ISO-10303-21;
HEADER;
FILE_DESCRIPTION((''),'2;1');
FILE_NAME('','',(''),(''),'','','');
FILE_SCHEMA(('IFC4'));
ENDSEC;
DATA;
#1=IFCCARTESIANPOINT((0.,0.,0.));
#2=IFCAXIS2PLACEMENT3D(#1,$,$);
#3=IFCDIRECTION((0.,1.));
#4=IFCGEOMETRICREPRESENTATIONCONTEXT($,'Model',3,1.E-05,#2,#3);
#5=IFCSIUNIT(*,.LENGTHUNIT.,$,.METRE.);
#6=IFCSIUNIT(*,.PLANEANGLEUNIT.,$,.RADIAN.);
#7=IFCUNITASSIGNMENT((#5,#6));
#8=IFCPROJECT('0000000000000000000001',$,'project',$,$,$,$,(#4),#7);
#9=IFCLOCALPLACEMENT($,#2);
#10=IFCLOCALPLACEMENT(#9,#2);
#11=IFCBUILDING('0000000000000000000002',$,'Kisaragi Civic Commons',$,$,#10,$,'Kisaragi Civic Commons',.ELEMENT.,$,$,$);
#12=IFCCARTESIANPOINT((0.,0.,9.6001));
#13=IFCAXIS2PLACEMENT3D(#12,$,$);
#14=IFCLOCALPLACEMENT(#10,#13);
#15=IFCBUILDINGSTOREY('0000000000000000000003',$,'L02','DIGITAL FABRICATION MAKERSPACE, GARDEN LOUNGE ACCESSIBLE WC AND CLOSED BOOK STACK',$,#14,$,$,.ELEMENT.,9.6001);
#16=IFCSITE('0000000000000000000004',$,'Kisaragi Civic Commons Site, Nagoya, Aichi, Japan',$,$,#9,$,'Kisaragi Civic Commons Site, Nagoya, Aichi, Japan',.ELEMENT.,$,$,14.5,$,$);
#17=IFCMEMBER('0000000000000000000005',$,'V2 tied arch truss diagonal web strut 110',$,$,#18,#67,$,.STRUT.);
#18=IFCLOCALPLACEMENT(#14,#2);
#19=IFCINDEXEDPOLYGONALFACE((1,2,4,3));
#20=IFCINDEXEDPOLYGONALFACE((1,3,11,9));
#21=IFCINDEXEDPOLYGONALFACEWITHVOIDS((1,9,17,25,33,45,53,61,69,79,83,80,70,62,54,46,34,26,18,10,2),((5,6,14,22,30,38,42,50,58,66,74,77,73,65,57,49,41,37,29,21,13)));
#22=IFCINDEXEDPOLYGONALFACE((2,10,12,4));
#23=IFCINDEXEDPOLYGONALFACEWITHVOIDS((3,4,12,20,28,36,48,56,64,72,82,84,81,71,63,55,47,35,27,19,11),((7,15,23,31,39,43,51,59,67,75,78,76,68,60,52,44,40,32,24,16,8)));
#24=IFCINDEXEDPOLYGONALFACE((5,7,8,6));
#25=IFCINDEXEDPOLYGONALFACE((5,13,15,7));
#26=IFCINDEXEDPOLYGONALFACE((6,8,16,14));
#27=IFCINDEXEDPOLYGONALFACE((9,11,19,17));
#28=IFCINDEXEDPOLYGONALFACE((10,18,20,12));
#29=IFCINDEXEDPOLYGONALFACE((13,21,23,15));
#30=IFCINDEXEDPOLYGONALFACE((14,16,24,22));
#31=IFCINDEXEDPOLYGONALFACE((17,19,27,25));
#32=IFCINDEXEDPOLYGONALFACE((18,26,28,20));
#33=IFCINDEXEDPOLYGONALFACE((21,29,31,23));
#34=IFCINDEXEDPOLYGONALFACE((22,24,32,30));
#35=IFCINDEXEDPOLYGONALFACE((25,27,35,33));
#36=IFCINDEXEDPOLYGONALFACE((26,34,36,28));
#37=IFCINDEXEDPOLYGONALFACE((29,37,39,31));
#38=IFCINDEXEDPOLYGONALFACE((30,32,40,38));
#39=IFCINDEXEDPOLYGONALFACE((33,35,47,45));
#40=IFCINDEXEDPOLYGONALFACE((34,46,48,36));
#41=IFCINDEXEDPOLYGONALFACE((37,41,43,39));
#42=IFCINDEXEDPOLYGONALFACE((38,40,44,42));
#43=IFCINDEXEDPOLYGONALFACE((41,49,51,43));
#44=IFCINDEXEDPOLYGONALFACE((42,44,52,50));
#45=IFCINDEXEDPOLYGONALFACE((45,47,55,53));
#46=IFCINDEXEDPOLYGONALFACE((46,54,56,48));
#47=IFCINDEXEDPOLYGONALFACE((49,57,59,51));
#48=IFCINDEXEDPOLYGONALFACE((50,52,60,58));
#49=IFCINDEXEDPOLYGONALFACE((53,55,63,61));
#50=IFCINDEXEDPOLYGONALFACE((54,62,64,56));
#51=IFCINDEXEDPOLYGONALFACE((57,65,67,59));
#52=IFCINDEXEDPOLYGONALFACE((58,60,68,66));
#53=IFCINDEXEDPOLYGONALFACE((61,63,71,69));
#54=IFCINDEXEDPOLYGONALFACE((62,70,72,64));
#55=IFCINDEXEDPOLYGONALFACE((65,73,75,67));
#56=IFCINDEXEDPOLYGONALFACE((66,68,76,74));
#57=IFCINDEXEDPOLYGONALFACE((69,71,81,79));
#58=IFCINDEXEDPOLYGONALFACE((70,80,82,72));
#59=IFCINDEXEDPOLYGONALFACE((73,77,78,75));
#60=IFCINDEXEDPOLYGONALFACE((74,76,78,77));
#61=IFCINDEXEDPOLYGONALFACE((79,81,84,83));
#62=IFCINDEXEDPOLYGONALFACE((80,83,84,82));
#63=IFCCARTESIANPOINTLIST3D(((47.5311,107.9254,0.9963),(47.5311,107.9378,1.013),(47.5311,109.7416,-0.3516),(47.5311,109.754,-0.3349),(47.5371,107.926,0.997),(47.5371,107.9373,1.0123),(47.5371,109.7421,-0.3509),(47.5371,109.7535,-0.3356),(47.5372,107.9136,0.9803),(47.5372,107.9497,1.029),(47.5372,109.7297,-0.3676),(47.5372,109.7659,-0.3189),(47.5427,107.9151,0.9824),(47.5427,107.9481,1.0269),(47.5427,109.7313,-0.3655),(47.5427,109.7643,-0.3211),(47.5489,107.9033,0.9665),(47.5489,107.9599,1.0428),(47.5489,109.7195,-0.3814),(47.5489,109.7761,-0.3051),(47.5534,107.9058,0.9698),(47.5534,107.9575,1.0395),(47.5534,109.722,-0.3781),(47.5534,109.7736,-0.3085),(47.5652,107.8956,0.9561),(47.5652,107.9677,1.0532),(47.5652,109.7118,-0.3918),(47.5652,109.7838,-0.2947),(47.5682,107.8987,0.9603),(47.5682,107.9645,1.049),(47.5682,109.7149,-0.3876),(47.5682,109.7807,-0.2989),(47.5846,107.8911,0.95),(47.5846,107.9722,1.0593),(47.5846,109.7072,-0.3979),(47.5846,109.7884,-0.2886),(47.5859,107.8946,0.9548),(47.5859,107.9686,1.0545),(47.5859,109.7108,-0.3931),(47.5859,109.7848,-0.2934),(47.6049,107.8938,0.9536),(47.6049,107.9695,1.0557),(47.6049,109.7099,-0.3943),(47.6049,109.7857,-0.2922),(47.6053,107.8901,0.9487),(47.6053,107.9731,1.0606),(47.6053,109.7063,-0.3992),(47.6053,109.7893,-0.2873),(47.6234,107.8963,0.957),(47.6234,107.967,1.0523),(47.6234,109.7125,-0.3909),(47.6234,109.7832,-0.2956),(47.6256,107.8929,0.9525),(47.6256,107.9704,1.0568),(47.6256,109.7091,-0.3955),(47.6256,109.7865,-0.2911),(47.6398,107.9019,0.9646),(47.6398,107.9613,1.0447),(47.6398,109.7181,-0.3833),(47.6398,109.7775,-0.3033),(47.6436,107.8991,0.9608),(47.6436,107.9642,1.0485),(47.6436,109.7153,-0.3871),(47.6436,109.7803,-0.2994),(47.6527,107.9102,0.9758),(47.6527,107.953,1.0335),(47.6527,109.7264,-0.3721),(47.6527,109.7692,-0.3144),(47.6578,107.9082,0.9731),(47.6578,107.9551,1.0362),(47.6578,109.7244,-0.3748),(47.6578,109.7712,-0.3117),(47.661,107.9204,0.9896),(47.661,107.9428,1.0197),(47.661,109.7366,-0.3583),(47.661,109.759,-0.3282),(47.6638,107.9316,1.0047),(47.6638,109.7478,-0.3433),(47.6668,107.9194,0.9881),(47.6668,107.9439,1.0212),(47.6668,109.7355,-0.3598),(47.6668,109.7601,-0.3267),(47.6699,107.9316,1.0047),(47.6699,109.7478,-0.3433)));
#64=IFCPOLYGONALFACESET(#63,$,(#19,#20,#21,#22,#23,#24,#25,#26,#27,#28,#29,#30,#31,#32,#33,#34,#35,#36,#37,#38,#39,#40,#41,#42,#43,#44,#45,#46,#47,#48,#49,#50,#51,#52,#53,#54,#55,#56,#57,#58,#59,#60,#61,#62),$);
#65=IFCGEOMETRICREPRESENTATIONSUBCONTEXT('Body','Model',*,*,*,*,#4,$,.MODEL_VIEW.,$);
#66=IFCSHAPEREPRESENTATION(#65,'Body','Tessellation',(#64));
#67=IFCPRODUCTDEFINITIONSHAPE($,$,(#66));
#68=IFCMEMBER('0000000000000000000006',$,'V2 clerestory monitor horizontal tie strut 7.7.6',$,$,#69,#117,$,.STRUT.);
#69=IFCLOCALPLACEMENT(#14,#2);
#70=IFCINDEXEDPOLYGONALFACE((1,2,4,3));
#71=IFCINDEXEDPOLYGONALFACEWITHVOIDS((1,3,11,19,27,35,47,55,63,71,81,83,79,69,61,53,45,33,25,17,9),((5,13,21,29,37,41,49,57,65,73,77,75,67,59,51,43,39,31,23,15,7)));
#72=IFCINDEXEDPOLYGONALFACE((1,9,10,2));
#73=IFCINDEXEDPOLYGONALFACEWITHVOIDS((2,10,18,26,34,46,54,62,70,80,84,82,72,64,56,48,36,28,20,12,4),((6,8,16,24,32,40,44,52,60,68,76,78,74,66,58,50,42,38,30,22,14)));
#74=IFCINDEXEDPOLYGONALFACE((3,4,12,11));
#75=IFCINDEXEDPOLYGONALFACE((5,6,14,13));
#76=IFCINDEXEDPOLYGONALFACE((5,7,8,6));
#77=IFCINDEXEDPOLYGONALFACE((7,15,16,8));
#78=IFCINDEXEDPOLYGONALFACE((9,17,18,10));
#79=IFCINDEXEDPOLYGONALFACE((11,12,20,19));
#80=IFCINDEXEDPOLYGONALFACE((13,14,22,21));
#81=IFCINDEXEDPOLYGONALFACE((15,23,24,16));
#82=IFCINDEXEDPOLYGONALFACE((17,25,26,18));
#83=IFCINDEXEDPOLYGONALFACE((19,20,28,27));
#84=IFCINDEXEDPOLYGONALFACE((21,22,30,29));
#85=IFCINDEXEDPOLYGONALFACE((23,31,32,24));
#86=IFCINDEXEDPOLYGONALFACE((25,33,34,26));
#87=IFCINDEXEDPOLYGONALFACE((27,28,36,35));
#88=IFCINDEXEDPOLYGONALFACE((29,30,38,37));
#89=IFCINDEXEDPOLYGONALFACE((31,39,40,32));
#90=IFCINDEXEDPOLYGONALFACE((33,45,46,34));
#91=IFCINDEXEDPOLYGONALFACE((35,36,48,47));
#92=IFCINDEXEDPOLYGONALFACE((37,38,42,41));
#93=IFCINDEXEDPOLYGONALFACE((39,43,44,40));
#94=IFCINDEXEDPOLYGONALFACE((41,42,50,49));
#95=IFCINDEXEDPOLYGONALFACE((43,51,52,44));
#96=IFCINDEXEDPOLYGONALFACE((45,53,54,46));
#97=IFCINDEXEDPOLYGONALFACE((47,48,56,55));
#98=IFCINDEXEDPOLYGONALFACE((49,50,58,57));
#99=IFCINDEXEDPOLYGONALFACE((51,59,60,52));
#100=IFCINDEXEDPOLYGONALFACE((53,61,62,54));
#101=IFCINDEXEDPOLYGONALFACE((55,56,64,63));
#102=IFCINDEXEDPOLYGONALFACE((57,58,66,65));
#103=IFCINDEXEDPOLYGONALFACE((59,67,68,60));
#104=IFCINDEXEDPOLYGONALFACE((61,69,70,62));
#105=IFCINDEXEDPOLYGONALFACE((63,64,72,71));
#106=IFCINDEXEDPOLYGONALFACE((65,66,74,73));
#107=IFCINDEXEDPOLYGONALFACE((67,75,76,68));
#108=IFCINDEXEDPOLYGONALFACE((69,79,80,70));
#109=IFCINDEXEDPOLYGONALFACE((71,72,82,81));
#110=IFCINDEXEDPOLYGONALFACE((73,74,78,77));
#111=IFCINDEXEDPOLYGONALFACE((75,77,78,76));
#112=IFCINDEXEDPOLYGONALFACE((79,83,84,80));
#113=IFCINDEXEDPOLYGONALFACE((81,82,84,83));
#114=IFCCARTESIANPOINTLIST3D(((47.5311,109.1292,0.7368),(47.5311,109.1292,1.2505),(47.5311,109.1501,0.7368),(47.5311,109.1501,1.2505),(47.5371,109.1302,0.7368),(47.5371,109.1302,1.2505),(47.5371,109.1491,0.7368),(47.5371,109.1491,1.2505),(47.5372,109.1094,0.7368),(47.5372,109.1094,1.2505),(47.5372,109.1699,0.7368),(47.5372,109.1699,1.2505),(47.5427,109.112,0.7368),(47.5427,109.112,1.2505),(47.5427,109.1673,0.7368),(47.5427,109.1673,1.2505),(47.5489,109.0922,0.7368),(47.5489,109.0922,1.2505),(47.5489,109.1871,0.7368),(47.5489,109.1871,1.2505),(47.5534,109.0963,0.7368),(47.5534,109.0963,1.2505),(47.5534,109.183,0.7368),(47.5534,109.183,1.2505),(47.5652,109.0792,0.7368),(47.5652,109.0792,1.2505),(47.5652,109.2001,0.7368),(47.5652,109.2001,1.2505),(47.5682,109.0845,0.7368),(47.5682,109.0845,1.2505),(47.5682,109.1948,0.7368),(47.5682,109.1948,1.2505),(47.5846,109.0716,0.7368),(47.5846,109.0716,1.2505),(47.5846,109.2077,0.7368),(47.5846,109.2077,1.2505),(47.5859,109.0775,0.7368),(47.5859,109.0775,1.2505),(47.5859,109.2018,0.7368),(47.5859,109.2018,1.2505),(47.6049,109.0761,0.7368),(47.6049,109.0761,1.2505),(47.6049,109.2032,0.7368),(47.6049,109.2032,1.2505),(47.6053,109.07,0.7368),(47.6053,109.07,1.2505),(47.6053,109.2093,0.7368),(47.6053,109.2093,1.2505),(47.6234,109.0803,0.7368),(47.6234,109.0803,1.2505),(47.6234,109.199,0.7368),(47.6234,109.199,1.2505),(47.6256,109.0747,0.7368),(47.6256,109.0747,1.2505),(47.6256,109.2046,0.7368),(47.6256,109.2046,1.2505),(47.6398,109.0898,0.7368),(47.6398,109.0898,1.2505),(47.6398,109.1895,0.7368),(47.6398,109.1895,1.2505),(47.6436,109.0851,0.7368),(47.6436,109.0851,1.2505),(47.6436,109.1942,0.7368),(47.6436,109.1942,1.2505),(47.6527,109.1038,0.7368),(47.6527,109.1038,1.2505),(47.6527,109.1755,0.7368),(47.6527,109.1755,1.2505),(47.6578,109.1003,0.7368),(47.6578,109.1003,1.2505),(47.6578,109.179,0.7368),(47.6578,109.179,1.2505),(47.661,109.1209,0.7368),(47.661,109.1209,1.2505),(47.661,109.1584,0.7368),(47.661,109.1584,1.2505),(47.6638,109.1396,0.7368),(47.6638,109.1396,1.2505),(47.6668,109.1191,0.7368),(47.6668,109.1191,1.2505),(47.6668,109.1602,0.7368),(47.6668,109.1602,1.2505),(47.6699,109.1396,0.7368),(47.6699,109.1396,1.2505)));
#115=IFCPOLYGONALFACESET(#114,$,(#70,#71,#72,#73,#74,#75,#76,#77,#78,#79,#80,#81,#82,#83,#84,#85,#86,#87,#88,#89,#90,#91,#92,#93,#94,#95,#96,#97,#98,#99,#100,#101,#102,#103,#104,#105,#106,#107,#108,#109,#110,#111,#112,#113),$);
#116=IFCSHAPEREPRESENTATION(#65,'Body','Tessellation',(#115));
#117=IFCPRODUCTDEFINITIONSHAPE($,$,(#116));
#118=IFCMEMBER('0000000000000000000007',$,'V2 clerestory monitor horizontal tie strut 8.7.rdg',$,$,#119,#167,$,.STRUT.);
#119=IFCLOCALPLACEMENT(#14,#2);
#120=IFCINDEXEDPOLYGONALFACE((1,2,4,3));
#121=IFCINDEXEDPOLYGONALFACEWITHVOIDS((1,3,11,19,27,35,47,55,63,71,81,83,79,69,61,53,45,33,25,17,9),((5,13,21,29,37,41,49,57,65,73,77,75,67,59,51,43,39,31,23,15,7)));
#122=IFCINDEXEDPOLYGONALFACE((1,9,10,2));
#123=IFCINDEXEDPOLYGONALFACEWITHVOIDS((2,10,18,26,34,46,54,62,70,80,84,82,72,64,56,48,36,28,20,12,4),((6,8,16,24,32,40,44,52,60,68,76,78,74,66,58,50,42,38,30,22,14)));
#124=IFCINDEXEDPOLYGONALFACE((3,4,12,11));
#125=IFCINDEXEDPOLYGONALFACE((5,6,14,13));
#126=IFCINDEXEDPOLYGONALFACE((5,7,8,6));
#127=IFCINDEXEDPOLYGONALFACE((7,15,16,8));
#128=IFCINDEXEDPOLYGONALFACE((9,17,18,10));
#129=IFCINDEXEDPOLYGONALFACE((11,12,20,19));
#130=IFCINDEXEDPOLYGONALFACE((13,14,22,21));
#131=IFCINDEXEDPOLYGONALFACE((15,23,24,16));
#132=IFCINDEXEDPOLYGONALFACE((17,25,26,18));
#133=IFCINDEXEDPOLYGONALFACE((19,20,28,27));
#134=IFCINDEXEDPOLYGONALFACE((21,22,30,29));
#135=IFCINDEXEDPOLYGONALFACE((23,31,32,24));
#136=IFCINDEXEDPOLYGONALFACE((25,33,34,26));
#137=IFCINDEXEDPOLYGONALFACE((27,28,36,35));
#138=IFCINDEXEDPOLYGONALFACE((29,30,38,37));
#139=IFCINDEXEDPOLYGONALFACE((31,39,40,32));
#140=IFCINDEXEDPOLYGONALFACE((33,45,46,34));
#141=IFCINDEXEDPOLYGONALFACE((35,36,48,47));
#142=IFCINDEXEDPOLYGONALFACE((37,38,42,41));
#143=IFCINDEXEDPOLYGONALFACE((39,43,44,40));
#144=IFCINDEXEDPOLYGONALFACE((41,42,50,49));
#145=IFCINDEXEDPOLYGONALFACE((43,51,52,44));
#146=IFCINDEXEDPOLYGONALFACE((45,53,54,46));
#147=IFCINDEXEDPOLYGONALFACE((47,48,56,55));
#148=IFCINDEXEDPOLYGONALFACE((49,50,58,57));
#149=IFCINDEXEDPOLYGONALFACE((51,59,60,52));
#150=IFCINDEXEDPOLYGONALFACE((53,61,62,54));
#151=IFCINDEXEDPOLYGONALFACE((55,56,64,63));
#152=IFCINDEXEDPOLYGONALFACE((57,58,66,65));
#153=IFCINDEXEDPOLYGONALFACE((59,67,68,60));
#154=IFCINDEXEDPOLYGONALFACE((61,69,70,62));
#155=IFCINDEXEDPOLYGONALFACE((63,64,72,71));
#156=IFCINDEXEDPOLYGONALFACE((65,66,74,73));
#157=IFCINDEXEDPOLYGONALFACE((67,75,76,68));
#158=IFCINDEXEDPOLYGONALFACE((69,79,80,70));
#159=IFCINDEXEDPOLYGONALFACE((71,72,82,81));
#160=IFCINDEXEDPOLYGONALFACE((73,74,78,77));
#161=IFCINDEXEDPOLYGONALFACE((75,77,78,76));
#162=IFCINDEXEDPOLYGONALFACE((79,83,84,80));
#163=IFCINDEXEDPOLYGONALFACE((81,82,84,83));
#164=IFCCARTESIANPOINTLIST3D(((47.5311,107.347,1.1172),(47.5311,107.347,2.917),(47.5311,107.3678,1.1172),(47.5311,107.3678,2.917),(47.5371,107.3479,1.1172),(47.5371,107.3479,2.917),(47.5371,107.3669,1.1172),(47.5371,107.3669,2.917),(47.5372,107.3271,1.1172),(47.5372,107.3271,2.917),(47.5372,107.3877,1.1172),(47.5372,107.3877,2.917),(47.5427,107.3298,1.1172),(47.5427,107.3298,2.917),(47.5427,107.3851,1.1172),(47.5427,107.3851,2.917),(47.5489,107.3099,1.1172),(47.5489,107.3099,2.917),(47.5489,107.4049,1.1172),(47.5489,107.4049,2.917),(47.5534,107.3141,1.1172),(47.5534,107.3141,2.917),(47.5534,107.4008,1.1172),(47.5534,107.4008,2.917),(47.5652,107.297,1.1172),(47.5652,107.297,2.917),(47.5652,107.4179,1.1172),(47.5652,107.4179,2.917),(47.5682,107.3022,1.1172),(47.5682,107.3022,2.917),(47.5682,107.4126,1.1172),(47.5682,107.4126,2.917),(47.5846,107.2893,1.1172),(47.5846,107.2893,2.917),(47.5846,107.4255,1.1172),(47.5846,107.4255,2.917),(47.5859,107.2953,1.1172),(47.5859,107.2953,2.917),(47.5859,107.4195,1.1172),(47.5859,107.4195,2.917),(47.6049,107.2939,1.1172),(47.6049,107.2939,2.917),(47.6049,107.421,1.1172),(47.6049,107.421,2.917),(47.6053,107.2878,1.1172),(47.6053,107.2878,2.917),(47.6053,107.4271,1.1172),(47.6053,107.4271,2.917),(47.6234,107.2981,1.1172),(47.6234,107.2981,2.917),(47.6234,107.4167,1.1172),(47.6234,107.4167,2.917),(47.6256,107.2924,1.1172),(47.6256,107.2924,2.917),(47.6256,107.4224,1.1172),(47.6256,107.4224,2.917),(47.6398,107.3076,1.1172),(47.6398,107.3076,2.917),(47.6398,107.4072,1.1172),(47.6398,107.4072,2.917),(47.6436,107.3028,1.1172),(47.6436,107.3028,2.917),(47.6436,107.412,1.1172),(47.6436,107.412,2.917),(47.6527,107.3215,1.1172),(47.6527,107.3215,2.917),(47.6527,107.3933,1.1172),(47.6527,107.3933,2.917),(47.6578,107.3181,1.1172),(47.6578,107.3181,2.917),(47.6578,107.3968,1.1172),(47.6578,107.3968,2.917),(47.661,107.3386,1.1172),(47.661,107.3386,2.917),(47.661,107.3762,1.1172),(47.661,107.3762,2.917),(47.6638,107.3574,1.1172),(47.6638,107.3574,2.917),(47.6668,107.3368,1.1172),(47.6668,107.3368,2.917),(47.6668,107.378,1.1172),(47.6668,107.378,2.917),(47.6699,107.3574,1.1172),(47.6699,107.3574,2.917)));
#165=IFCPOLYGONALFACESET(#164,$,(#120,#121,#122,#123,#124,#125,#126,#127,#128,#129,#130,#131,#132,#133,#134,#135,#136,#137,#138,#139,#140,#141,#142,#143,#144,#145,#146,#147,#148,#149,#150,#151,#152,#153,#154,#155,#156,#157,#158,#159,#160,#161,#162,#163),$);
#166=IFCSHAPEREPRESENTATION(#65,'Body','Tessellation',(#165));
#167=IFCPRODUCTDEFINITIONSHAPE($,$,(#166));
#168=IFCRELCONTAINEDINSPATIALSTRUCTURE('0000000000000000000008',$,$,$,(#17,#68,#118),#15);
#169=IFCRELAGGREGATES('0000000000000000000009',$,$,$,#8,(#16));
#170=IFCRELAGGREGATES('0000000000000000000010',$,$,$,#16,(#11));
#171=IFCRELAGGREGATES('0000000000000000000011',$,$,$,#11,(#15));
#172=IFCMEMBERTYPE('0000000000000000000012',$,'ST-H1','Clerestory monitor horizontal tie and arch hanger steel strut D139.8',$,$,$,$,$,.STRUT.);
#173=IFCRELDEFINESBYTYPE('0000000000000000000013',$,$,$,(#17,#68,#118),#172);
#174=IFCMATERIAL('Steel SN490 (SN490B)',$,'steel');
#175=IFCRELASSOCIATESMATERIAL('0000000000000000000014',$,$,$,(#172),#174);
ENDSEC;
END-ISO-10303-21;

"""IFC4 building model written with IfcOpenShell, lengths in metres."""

from ifc_helpers import new_model, si_unit, direction, frame, origin, origin_2d, place, context, subcontext, project, spatial, hollow_circle, extrude, material, material_profile, profile_set, type_object, element, save


model = new_model("IFC4")

# Units and contexts
model_context = context("Model", 3, precision=1e-05, world=origin(), true_north=direction((0.0, 1.0)))
body_context = subcontext(model_context, "Body", "Model", "MODEL_VIEW")
ifc_project = project(units=[si_unit("LENGTHUNIT", "METRE"), si_unit("PLANEANGLEUNIT", "RADIAN")], contexts=[model_context])

# Site, building, storey
site_placement = place(None, origin())
site = spatial("IfcSite", under=ifc_project, at=site_placement, Name="Kisaragi Civic Commons Site, Nagoya, Aichi, Japan", LongName="Kisaragi Civic Commons Site, Nagoya, Aichi, Japan", CompositionType="ELEMENT", RefElevation=14.5)
building_placement = place(site_placement, origin())
building = spatial("IfcBuilding", under=site, at=building_placement, Name="Kisaragi Civic Commons", LongName="Kisaragi Civic Commons", CompositionType="ELEMENT")
storey_placement = place(building_placement, frame((0.0, 0.0, 9.6001)))
storey = spatial("IfcBuildingStorey", under=building, at=storey_placement, Name="L02", Description="DIGITAL FABRICATION MAKERSPACE, GARDEN LOUNGE ACCESSIBLE WC AND CLOSED BOOK STACK", CompositionType="ELEMENT", Elevation=9.6001)

# Members
ifc_material_1 = material(Name="Steel SN490 (SN490B)", Category="steel")
ifc_material_profile_1 = material_profile(ifc_material_1, hollow_circle(Radius=0.0698, WallThickness=0.0061, at=origin_2d()), Name="CHS-139.8x6.0", Category="steel")
ifc_profile_set_1 = profile_set([ifc_material_profile_1], Name="Steel SN490 (SN490B)")
member_type_1 = type_object("IfcMemberType", Name="ST-H1", Description="Clerestory monitor horizontal tie and arch hanger steel strut D139.8", PredefinedType="STRUT", material=ifc_profile_set_1)
member_1_placement = place(storey_placement, frame((47.6001, 109.7478, -0.3433), z_axis=(0.0, -0.803008, 0.595968), x_axis=(1.0, 0.0, 0.0)))
element("IfcMember", 1, at=member_1_placement, inside=storey, type_object=member_type_1, Name="V2 tied arch truss diagonal web strut 110", PredefinedType="STRUT", context=body_context, shape_type="SweptSolid", body=[
    extrude(hollow_circle(Radius=0.0698, WallThickness=0.0061, at=origin_2d()), origin(), (0.0, 0.0, 1.0), 2.2617),
])
member_2_placement = place(storey_placement, frame((47.6001, 109.1396, 0.7368), z_axis=(0.0, 0.0, 1.0), x_axis=(1.0, 0.0, 0.0)))
element("IfcMember", 2, at=member_2_placement, inside=storey, type_object=member_type_1, Name="V2 clerestory monitor horizontal tie strut 7.7.6", PredefinedType="STRUT", context=body_context, shape_type="SweptSolid", body=[
    extrude(hollow_circle(Radius=0.0698, WallThickness=0.0061, at=origin_2d()), origin(), (0.0, 0.0, 1.0), 0.5137),
])
member_3_placement = place(storey_placement, frame((47.6001, 107.3574, 1.1172), z_axis=(0.0, 0.0, 1.0), x_axis=(1.0, 0.0, 0.0)))
element("IfcMember", 3, at=member_3_placement, inside=storey, type_object=member_type_1, Name="V2 clerestory monitor horizontal tie strut 8.7.rdg", PredefinedType="STRUT", context=body_context, shape_type="SweptSolid", body=[
    extrude(hollow_circle(Radius=0.0698, WallThickness=0.0061, at=origin_2d()), origin(), (0.0, 0.0, 1.0), 1.7998),
])

save(model, "model.ifc")
